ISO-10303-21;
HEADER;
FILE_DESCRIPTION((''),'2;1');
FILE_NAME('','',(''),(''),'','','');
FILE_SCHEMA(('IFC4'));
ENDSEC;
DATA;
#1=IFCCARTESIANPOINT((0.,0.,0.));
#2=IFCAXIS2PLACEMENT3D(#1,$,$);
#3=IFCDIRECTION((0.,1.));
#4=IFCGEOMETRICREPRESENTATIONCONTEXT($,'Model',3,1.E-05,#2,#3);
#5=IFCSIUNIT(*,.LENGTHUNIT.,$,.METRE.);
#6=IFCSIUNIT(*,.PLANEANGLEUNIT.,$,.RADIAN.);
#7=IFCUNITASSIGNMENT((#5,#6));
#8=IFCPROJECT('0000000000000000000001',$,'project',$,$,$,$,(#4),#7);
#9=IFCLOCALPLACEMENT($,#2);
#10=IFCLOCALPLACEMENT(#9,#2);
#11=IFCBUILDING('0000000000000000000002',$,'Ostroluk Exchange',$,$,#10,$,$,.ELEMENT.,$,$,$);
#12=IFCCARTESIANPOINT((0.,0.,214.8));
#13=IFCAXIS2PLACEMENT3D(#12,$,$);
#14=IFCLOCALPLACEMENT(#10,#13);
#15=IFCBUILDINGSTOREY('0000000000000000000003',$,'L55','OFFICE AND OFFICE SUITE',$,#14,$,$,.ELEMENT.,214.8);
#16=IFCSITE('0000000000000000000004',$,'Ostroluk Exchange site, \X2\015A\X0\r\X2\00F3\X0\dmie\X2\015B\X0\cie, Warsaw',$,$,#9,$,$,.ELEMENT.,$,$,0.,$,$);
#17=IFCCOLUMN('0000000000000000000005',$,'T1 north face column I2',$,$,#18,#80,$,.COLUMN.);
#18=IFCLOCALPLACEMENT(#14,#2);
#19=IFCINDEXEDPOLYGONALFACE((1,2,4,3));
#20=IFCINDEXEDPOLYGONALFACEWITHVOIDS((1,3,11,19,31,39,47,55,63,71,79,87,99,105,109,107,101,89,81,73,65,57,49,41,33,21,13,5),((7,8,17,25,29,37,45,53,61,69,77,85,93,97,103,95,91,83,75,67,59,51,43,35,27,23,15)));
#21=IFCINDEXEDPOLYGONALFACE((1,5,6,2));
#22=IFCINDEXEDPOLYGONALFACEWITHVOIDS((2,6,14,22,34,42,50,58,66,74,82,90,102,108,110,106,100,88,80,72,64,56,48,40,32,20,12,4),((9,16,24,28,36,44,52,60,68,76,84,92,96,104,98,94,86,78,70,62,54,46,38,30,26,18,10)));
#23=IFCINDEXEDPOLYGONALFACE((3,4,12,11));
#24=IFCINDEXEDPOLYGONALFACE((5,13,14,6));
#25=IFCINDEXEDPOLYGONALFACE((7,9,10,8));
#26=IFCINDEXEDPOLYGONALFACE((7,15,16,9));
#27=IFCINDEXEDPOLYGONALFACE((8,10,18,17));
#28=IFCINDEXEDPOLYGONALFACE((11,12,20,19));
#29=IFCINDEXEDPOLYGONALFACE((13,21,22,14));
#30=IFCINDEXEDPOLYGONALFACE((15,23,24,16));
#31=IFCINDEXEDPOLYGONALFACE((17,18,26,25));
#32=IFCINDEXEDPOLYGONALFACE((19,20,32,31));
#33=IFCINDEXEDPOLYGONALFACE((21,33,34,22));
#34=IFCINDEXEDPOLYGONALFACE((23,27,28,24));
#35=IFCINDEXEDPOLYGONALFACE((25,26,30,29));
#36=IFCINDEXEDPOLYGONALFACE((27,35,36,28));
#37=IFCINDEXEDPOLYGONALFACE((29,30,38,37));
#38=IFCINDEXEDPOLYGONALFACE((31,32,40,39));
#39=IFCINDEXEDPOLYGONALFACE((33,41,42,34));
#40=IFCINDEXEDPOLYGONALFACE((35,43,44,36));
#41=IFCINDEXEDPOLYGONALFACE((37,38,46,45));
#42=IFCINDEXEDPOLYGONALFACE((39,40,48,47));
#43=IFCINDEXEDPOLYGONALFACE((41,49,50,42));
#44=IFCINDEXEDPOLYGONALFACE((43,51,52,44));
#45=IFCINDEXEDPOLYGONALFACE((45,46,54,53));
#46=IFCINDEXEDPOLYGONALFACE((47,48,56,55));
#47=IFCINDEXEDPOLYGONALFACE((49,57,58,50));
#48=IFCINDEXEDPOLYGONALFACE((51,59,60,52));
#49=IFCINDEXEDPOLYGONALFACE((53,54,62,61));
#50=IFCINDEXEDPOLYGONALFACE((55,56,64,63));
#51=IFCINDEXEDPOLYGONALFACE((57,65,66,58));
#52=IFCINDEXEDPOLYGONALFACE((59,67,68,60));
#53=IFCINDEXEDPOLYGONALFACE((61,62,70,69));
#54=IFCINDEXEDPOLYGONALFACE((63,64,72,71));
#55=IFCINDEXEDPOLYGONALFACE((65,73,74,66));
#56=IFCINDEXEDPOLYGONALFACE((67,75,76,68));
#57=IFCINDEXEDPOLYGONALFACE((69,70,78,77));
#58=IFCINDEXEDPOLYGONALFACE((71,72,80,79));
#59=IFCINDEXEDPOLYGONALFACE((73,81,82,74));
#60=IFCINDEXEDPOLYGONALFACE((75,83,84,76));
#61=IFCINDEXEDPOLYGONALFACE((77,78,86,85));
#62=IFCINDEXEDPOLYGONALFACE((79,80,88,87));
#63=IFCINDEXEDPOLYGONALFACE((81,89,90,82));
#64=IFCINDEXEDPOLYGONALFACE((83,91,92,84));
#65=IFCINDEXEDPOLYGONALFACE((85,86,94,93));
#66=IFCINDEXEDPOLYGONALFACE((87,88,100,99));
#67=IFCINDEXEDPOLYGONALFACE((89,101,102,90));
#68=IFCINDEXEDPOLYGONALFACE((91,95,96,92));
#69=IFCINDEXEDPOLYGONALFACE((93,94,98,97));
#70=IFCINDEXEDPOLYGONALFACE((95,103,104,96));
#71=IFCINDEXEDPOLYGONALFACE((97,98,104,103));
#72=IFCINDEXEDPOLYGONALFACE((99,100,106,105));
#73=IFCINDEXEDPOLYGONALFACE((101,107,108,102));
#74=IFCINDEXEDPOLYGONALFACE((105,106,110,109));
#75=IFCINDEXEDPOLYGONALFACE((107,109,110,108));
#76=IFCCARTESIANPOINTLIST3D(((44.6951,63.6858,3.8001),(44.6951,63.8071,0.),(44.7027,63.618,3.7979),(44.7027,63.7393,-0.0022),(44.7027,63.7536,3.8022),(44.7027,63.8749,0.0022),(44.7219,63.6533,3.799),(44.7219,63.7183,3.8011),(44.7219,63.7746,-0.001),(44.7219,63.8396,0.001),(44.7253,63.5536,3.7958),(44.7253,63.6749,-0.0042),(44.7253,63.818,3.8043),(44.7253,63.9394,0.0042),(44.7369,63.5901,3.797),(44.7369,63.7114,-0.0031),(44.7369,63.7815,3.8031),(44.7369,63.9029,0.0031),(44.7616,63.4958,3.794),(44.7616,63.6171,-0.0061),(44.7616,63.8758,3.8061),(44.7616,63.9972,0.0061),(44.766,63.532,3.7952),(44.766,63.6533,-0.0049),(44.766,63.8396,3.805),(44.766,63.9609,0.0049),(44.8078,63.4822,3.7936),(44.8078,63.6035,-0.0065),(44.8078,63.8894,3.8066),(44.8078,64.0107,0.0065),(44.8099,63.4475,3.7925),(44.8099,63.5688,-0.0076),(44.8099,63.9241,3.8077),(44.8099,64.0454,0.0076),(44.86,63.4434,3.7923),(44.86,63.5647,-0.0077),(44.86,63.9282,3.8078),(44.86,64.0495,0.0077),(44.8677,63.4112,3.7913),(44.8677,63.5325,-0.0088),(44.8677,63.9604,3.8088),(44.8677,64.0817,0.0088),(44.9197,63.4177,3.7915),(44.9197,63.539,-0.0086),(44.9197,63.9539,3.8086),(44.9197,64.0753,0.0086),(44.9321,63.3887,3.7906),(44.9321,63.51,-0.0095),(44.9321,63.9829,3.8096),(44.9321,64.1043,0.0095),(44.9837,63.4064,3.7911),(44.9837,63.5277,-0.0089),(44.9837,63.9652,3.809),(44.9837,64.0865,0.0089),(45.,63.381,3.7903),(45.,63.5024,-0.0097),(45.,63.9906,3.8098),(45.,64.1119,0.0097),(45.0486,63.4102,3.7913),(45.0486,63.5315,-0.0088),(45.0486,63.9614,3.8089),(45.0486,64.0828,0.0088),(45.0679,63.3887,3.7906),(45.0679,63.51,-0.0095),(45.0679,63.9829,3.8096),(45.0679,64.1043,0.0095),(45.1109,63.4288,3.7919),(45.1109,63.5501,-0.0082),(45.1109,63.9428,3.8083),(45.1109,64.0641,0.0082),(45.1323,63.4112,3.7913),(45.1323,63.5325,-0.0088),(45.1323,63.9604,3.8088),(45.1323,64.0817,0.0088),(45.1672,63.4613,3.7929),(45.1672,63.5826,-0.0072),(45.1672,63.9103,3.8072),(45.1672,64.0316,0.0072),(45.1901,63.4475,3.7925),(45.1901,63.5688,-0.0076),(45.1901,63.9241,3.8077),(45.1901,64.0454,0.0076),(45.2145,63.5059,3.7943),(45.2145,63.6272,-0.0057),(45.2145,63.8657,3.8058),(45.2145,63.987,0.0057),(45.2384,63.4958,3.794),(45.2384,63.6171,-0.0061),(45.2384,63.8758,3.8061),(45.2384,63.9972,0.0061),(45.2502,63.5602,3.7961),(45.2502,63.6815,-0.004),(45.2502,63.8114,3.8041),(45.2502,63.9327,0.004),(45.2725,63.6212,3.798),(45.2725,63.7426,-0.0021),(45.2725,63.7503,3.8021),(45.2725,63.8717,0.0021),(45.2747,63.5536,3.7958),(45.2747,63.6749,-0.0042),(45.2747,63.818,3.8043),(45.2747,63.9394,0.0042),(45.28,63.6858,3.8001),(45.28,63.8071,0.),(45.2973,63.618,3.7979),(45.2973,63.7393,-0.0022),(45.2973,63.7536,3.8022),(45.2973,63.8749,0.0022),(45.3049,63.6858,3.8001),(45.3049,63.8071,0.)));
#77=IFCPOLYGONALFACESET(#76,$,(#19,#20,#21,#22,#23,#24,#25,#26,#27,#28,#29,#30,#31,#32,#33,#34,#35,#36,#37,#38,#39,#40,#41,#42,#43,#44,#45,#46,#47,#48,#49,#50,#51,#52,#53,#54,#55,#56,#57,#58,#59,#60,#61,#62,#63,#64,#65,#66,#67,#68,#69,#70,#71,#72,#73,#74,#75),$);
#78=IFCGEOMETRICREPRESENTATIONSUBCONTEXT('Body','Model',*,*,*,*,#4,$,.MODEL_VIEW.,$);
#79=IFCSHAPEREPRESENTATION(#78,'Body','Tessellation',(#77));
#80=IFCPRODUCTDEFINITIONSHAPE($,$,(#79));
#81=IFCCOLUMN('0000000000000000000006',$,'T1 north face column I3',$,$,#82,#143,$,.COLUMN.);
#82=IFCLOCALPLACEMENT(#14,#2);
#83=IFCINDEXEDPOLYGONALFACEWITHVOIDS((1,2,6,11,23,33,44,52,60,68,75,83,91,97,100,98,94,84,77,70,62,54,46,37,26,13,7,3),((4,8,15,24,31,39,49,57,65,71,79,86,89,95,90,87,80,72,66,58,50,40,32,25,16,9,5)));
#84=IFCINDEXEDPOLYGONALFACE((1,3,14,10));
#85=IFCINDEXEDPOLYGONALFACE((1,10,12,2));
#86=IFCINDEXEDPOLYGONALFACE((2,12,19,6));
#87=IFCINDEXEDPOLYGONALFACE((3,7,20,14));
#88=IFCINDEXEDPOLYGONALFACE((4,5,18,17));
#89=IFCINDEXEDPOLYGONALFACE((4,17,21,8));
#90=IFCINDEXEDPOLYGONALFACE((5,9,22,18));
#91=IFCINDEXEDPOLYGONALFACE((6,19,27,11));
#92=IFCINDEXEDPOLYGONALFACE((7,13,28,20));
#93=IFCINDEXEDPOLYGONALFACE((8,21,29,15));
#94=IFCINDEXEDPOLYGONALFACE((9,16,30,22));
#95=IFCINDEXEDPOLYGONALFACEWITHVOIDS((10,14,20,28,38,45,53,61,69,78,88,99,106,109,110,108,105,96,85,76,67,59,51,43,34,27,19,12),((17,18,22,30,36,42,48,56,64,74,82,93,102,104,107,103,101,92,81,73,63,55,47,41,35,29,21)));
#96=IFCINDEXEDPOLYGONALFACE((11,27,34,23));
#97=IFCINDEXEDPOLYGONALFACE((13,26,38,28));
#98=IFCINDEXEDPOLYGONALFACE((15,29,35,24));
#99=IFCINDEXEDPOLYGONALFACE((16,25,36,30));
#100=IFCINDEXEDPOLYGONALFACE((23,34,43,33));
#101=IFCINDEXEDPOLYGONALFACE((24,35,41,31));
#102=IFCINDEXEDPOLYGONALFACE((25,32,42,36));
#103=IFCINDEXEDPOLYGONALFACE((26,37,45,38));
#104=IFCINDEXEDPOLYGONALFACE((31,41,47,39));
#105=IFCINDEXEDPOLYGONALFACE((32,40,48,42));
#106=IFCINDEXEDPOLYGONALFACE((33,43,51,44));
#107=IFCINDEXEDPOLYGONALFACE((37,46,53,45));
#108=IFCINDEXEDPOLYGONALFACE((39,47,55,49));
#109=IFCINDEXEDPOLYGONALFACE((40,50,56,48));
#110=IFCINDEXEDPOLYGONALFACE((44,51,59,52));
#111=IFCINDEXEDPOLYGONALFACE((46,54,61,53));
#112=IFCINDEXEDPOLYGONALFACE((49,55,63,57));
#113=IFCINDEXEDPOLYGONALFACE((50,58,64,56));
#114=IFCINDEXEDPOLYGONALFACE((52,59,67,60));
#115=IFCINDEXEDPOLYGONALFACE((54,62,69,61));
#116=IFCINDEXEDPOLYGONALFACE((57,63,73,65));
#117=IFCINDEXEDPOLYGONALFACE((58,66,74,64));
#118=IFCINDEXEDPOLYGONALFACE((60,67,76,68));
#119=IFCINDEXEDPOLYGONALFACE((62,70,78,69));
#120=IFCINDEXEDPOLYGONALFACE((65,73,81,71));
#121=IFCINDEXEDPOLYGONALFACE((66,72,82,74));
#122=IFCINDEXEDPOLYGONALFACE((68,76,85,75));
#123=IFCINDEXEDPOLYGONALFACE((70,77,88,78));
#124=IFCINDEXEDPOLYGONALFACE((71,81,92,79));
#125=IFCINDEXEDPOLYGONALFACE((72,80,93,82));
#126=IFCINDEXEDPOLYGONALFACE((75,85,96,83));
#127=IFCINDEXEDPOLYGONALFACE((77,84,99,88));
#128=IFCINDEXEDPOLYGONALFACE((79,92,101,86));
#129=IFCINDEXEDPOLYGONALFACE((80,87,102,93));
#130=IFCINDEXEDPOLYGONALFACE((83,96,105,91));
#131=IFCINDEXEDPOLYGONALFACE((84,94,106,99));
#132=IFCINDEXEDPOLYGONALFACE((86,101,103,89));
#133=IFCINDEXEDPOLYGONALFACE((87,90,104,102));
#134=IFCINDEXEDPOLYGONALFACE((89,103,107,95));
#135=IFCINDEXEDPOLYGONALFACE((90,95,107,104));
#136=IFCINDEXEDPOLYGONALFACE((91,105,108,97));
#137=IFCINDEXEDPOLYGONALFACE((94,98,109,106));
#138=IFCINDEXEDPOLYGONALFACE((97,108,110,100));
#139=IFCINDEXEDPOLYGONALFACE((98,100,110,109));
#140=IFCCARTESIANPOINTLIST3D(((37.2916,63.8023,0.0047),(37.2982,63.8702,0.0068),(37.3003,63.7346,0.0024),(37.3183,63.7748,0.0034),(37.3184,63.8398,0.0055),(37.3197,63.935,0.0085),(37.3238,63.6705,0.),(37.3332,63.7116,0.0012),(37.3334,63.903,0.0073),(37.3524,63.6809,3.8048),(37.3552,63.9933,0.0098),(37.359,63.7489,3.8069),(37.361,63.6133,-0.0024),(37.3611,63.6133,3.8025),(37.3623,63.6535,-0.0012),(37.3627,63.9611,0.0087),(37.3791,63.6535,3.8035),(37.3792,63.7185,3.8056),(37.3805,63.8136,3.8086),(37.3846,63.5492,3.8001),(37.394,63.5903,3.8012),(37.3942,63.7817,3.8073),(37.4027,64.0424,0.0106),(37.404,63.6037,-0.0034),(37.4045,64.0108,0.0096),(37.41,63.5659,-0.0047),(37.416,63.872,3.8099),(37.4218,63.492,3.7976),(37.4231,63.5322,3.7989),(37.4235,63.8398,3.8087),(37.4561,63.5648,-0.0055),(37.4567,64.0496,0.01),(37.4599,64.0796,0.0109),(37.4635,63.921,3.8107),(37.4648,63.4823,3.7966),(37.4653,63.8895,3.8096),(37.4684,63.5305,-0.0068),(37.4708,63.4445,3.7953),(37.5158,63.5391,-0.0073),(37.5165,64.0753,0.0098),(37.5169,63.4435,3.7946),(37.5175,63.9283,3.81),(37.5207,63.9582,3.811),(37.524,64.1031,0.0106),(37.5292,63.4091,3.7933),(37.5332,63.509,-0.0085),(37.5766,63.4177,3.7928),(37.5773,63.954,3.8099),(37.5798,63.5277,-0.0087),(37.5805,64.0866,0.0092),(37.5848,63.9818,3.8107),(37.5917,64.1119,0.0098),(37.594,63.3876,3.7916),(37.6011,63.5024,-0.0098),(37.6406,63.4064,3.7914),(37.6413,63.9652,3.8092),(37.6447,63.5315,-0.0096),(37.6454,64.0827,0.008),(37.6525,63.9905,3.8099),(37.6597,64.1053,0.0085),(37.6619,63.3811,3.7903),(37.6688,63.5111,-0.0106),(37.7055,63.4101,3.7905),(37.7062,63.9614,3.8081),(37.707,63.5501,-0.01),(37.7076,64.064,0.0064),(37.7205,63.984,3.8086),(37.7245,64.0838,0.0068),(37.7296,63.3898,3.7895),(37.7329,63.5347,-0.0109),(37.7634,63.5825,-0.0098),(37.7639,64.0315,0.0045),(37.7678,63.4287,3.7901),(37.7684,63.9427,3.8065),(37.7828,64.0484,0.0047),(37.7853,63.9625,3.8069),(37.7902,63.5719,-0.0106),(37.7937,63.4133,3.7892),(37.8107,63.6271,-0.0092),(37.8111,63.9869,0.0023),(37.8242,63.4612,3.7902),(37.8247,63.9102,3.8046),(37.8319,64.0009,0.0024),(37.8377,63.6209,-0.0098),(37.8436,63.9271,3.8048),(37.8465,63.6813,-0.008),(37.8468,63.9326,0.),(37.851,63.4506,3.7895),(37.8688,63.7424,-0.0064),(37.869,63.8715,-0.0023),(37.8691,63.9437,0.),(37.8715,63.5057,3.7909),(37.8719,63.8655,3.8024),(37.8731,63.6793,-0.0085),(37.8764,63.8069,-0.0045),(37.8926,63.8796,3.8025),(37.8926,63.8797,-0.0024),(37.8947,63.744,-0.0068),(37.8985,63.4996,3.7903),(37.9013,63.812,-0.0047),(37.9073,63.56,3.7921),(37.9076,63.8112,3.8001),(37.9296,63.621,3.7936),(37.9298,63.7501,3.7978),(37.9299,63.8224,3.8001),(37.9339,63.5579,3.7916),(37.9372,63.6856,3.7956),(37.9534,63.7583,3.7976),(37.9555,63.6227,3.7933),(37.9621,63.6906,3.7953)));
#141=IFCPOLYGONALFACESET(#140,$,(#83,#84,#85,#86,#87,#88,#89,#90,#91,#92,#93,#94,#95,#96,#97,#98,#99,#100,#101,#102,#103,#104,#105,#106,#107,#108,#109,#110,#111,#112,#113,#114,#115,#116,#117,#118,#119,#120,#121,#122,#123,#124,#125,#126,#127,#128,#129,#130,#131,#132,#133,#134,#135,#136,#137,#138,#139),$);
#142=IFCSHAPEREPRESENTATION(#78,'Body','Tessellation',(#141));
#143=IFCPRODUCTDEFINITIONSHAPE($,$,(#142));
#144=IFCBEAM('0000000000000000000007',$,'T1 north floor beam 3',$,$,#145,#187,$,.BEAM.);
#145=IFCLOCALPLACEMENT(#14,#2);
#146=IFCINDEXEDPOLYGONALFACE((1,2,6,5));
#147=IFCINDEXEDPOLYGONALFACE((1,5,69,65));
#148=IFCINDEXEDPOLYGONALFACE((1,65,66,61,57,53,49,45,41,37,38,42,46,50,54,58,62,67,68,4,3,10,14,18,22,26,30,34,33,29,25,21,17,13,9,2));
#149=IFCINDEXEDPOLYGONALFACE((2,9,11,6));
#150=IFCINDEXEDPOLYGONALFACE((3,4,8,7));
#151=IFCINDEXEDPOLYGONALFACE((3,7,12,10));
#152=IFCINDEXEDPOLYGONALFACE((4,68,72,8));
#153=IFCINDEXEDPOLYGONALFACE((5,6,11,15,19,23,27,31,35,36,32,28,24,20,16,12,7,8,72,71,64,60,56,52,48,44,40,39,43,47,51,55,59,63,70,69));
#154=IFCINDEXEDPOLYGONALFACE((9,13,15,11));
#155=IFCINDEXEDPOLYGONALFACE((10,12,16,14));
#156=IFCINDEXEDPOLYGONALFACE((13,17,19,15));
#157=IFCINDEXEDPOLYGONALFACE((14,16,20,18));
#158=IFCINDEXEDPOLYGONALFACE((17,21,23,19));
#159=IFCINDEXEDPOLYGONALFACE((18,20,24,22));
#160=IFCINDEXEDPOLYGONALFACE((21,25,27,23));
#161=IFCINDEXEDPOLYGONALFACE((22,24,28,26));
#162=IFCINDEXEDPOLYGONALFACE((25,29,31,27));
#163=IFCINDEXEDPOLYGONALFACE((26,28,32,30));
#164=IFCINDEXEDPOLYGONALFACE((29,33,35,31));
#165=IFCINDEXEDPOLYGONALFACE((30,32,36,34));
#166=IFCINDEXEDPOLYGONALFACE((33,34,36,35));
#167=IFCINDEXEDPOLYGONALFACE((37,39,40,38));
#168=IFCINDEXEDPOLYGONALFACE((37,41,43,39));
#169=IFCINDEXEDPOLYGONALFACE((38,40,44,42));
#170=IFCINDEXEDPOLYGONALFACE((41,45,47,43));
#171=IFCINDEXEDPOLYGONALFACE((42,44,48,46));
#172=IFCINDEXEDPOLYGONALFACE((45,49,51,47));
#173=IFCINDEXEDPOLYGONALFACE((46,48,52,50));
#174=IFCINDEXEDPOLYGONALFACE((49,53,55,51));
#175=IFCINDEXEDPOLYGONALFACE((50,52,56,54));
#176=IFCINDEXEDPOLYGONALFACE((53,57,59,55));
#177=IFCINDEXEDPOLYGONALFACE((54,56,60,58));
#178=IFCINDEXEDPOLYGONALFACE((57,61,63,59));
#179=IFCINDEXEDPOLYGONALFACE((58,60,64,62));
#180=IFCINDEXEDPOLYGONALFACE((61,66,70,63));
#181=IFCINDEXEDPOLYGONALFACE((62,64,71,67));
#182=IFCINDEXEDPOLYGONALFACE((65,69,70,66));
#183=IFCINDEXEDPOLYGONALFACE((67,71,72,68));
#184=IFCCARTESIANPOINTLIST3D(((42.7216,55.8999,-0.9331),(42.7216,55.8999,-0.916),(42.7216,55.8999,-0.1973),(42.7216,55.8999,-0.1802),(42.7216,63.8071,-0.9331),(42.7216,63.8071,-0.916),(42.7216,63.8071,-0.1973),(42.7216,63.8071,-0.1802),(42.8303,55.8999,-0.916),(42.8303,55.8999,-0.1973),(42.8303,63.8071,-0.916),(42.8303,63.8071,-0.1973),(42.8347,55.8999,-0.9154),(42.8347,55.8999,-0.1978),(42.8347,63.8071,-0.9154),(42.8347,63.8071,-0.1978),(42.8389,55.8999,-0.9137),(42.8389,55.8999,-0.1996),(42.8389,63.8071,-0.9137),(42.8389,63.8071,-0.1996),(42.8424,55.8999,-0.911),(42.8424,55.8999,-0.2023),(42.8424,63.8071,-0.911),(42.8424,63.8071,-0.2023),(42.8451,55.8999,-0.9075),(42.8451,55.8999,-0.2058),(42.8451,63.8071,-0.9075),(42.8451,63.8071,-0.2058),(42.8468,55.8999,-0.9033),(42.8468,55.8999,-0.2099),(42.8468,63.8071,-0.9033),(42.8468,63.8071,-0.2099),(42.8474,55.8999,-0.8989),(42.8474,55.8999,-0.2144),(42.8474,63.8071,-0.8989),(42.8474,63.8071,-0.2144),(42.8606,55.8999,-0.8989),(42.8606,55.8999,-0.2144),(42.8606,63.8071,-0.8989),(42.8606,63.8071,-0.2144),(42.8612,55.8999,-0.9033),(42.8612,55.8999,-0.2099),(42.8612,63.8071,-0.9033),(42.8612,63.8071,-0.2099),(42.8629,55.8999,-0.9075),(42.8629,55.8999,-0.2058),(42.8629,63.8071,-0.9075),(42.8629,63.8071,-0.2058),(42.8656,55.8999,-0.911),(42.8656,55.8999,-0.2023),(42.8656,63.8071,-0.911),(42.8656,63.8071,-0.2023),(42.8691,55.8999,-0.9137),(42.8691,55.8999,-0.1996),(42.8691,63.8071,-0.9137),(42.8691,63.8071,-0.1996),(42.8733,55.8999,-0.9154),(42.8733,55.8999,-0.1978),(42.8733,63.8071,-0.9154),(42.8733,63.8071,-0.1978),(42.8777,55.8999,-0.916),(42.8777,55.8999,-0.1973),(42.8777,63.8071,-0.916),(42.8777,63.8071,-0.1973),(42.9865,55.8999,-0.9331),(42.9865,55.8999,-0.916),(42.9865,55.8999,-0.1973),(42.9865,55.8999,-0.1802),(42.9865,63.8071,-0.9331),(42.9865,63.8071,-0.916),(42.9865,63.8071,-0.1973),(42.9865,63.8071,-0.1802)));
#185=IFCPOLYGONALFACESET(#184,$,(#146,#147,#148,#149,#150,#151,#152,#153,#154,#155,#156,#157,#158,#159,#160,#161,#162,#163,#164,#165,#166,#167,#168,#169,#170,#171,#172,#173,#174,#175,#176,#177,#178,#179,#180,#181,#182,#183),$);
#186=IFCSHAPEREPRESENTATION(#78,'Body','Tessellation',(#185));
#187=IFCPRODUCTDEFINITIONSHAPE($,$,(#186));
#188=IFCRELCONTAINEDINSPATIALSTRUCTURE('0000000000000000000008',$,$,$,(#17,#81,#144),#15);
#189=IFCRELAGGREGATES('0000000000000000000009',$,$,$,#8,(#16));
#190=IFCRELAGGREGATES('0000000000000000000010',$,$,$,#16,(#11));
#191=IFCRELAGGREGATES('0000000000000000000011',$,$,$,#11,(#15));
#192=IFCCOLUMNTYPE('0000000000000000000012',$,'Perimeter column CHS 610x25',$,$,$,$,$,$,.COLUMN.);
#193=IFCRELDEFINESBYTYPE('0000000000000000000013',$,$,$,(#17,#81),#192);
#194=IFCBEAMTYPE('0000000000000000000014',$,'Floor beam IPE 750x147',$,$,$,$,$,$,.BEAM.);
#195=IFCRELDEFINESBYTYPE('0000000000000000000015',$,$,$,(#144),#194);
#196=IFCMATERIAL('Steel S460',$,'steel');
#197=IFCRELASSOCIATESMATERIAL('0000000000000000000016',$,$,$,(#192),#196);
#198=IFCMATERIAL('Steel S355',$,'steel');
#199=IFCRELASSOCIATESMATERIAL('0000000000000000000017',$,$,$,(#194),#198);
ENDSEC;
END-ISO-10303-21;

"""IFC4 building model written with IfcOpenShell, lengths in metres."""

from ifc_helpers import new_model, si_unit, direction, frame, origin, origin_2d, place, context, subcontext, project, spatial, hollow_circle, i_section, extrude, material, material_profile, profile_set, type_object, element, save


model = new_model("IFC4")

# Units and contexts
model_context = context("Model", 3, precision=1e-05, world=origin(), true_north=direction((0.0, 1.0)))
body_context = subcontext(model_context, "Body", "Model", "MODEL_VIEW")
ifc_project = project(units=[si_unit("LENGTHUNIT", "METRE"), si_unit("PLANEANGLEUNIT", "RADIAN")], contexts=[model_context])

# Site, building, storey
site_placement = place(None, origin())
site = spatial("IfcSite", under=ifc_project, at=site_placement, Name="Ostroluk Exchange site, Śródmieście, Warsaw", CompositionType="ELEMENT", RefElevation=0.0)
building_placement = place(site_placement, origin())
building = spatial("IfcBuilding", under=site, at=building_placement, Name="Ostroluk Exchange", CompositionType="ELEMENT")
storey_placement = place(building_placement, frame((0.0, 0.0, 214.8)))
storey = spatial("IfcBuildingStorey", under=building, at=storey_placement, Name="L55", Description="OFFICE AND OFFICE SUITE", CompositionType="ELEMENT", Elevation=214.8)

# Columns
ifc_material_1 = material(Name="Steel S460", Category="steel")
ifc_material_profile_1 = material_profile(ifc_material_1, hollow_circle(Radius=0.3049, WallThickness=0.0249, at=origin_2d()), Name="CHS 610x25")
ifc_profile_set_1 = profile_set([ifc_material_profile_1], Name="Steel S460")
column_type = type_object("IfcColumnType", Name="Perimeter column CHS 610x25", PredefinedType="COLUMN", material=ifc_profile_set_1)
column_1_placement = place(storey_placement, frame((45.0, 63.8071, 0.0), z_axis=(0.0, -0.031914, 0.999491), x_axis=(1.0, 0.0, 0.0)))
element("IfcColumn", 1, at=column_1_placement, inside=storey, type_object=column_type, Name="T1 north face column I2", PredefinedType="COLUMN", context=body_context, shape_type="SweptSolid", body=[
    extrude(hollow_circle(Radius=0.3049, WallThickness=0.0249, at=origin_2d()), origin(), (0.0, 0.0, 1.0), 3.802),
])
column_2_placement = place(storey_placement, frame((37.5964, 63.8071, 0.0), z_axis=(0.015987, -0.03191, 0.999363), x_axis=(0.894067, 0.447933, 0.0)))
element("IfcColumn", 2, at=column_2_placement, inside=storey, type_object=column_type, Name="T1 north face column I3", PredefinedType="COLUMN", context=body_context, shape_type="SweptSolid", body=[
    extrude(hollow_circle(Radius=0.3049, WallThickness=0.0249, at=origin_2d()), origin(), (0.0, 0.0, 1.0), 3.8025),
])

# Beam
ifc_material_2 = material(Name="Steel S355", Category="steel")
ifc_material_profile_2 = material_profile(ifc_material_2, i_section(OverallWidth=0.2649, OverallDepth=0.7529, WebThickness=0.0132, FlangeThickness=0.0171, FilletRadius=0.0171, at=origin_2d()), Name="IPE 750x147")
ifc_profile_set_2 = profile_set([ifc_material_profile_2], Name="Steel S355")
beam_type_1 = type_object("IfcBeamType", Name="Floor beam IPE 750x147", PredefinedType="BEAM", material=ifc_profile_set_2)
for number, where, z_axis, x_axis, name in (
    (3, (42.854, 55.8999, -0.5566), (0.0, 1.0, 0.0), (-1.0, 0.0, 0.0), "T1 north floor beam 3"),
):
    element("IfcBeam", number, at=place(storey_placement, frame(where, z_axis=z_axis, x_axis=x_axis)), inside=storey, type_object=beam_type_1, Name=name, PredefinedType="BEAM", context=body_context, shape_type="SweptSolid", body=[
        extrude(i_section(OverallWidth=0.2649, OverallDepth=0.7529, WebThickness=0.0132, FlangeThickness=0.0171, FilletRadius=0.0171, at=origin_2d()), origin(), (0.0, 0.0, 1.0), 7.9072),
    ])

save(model, "model.ifc")
